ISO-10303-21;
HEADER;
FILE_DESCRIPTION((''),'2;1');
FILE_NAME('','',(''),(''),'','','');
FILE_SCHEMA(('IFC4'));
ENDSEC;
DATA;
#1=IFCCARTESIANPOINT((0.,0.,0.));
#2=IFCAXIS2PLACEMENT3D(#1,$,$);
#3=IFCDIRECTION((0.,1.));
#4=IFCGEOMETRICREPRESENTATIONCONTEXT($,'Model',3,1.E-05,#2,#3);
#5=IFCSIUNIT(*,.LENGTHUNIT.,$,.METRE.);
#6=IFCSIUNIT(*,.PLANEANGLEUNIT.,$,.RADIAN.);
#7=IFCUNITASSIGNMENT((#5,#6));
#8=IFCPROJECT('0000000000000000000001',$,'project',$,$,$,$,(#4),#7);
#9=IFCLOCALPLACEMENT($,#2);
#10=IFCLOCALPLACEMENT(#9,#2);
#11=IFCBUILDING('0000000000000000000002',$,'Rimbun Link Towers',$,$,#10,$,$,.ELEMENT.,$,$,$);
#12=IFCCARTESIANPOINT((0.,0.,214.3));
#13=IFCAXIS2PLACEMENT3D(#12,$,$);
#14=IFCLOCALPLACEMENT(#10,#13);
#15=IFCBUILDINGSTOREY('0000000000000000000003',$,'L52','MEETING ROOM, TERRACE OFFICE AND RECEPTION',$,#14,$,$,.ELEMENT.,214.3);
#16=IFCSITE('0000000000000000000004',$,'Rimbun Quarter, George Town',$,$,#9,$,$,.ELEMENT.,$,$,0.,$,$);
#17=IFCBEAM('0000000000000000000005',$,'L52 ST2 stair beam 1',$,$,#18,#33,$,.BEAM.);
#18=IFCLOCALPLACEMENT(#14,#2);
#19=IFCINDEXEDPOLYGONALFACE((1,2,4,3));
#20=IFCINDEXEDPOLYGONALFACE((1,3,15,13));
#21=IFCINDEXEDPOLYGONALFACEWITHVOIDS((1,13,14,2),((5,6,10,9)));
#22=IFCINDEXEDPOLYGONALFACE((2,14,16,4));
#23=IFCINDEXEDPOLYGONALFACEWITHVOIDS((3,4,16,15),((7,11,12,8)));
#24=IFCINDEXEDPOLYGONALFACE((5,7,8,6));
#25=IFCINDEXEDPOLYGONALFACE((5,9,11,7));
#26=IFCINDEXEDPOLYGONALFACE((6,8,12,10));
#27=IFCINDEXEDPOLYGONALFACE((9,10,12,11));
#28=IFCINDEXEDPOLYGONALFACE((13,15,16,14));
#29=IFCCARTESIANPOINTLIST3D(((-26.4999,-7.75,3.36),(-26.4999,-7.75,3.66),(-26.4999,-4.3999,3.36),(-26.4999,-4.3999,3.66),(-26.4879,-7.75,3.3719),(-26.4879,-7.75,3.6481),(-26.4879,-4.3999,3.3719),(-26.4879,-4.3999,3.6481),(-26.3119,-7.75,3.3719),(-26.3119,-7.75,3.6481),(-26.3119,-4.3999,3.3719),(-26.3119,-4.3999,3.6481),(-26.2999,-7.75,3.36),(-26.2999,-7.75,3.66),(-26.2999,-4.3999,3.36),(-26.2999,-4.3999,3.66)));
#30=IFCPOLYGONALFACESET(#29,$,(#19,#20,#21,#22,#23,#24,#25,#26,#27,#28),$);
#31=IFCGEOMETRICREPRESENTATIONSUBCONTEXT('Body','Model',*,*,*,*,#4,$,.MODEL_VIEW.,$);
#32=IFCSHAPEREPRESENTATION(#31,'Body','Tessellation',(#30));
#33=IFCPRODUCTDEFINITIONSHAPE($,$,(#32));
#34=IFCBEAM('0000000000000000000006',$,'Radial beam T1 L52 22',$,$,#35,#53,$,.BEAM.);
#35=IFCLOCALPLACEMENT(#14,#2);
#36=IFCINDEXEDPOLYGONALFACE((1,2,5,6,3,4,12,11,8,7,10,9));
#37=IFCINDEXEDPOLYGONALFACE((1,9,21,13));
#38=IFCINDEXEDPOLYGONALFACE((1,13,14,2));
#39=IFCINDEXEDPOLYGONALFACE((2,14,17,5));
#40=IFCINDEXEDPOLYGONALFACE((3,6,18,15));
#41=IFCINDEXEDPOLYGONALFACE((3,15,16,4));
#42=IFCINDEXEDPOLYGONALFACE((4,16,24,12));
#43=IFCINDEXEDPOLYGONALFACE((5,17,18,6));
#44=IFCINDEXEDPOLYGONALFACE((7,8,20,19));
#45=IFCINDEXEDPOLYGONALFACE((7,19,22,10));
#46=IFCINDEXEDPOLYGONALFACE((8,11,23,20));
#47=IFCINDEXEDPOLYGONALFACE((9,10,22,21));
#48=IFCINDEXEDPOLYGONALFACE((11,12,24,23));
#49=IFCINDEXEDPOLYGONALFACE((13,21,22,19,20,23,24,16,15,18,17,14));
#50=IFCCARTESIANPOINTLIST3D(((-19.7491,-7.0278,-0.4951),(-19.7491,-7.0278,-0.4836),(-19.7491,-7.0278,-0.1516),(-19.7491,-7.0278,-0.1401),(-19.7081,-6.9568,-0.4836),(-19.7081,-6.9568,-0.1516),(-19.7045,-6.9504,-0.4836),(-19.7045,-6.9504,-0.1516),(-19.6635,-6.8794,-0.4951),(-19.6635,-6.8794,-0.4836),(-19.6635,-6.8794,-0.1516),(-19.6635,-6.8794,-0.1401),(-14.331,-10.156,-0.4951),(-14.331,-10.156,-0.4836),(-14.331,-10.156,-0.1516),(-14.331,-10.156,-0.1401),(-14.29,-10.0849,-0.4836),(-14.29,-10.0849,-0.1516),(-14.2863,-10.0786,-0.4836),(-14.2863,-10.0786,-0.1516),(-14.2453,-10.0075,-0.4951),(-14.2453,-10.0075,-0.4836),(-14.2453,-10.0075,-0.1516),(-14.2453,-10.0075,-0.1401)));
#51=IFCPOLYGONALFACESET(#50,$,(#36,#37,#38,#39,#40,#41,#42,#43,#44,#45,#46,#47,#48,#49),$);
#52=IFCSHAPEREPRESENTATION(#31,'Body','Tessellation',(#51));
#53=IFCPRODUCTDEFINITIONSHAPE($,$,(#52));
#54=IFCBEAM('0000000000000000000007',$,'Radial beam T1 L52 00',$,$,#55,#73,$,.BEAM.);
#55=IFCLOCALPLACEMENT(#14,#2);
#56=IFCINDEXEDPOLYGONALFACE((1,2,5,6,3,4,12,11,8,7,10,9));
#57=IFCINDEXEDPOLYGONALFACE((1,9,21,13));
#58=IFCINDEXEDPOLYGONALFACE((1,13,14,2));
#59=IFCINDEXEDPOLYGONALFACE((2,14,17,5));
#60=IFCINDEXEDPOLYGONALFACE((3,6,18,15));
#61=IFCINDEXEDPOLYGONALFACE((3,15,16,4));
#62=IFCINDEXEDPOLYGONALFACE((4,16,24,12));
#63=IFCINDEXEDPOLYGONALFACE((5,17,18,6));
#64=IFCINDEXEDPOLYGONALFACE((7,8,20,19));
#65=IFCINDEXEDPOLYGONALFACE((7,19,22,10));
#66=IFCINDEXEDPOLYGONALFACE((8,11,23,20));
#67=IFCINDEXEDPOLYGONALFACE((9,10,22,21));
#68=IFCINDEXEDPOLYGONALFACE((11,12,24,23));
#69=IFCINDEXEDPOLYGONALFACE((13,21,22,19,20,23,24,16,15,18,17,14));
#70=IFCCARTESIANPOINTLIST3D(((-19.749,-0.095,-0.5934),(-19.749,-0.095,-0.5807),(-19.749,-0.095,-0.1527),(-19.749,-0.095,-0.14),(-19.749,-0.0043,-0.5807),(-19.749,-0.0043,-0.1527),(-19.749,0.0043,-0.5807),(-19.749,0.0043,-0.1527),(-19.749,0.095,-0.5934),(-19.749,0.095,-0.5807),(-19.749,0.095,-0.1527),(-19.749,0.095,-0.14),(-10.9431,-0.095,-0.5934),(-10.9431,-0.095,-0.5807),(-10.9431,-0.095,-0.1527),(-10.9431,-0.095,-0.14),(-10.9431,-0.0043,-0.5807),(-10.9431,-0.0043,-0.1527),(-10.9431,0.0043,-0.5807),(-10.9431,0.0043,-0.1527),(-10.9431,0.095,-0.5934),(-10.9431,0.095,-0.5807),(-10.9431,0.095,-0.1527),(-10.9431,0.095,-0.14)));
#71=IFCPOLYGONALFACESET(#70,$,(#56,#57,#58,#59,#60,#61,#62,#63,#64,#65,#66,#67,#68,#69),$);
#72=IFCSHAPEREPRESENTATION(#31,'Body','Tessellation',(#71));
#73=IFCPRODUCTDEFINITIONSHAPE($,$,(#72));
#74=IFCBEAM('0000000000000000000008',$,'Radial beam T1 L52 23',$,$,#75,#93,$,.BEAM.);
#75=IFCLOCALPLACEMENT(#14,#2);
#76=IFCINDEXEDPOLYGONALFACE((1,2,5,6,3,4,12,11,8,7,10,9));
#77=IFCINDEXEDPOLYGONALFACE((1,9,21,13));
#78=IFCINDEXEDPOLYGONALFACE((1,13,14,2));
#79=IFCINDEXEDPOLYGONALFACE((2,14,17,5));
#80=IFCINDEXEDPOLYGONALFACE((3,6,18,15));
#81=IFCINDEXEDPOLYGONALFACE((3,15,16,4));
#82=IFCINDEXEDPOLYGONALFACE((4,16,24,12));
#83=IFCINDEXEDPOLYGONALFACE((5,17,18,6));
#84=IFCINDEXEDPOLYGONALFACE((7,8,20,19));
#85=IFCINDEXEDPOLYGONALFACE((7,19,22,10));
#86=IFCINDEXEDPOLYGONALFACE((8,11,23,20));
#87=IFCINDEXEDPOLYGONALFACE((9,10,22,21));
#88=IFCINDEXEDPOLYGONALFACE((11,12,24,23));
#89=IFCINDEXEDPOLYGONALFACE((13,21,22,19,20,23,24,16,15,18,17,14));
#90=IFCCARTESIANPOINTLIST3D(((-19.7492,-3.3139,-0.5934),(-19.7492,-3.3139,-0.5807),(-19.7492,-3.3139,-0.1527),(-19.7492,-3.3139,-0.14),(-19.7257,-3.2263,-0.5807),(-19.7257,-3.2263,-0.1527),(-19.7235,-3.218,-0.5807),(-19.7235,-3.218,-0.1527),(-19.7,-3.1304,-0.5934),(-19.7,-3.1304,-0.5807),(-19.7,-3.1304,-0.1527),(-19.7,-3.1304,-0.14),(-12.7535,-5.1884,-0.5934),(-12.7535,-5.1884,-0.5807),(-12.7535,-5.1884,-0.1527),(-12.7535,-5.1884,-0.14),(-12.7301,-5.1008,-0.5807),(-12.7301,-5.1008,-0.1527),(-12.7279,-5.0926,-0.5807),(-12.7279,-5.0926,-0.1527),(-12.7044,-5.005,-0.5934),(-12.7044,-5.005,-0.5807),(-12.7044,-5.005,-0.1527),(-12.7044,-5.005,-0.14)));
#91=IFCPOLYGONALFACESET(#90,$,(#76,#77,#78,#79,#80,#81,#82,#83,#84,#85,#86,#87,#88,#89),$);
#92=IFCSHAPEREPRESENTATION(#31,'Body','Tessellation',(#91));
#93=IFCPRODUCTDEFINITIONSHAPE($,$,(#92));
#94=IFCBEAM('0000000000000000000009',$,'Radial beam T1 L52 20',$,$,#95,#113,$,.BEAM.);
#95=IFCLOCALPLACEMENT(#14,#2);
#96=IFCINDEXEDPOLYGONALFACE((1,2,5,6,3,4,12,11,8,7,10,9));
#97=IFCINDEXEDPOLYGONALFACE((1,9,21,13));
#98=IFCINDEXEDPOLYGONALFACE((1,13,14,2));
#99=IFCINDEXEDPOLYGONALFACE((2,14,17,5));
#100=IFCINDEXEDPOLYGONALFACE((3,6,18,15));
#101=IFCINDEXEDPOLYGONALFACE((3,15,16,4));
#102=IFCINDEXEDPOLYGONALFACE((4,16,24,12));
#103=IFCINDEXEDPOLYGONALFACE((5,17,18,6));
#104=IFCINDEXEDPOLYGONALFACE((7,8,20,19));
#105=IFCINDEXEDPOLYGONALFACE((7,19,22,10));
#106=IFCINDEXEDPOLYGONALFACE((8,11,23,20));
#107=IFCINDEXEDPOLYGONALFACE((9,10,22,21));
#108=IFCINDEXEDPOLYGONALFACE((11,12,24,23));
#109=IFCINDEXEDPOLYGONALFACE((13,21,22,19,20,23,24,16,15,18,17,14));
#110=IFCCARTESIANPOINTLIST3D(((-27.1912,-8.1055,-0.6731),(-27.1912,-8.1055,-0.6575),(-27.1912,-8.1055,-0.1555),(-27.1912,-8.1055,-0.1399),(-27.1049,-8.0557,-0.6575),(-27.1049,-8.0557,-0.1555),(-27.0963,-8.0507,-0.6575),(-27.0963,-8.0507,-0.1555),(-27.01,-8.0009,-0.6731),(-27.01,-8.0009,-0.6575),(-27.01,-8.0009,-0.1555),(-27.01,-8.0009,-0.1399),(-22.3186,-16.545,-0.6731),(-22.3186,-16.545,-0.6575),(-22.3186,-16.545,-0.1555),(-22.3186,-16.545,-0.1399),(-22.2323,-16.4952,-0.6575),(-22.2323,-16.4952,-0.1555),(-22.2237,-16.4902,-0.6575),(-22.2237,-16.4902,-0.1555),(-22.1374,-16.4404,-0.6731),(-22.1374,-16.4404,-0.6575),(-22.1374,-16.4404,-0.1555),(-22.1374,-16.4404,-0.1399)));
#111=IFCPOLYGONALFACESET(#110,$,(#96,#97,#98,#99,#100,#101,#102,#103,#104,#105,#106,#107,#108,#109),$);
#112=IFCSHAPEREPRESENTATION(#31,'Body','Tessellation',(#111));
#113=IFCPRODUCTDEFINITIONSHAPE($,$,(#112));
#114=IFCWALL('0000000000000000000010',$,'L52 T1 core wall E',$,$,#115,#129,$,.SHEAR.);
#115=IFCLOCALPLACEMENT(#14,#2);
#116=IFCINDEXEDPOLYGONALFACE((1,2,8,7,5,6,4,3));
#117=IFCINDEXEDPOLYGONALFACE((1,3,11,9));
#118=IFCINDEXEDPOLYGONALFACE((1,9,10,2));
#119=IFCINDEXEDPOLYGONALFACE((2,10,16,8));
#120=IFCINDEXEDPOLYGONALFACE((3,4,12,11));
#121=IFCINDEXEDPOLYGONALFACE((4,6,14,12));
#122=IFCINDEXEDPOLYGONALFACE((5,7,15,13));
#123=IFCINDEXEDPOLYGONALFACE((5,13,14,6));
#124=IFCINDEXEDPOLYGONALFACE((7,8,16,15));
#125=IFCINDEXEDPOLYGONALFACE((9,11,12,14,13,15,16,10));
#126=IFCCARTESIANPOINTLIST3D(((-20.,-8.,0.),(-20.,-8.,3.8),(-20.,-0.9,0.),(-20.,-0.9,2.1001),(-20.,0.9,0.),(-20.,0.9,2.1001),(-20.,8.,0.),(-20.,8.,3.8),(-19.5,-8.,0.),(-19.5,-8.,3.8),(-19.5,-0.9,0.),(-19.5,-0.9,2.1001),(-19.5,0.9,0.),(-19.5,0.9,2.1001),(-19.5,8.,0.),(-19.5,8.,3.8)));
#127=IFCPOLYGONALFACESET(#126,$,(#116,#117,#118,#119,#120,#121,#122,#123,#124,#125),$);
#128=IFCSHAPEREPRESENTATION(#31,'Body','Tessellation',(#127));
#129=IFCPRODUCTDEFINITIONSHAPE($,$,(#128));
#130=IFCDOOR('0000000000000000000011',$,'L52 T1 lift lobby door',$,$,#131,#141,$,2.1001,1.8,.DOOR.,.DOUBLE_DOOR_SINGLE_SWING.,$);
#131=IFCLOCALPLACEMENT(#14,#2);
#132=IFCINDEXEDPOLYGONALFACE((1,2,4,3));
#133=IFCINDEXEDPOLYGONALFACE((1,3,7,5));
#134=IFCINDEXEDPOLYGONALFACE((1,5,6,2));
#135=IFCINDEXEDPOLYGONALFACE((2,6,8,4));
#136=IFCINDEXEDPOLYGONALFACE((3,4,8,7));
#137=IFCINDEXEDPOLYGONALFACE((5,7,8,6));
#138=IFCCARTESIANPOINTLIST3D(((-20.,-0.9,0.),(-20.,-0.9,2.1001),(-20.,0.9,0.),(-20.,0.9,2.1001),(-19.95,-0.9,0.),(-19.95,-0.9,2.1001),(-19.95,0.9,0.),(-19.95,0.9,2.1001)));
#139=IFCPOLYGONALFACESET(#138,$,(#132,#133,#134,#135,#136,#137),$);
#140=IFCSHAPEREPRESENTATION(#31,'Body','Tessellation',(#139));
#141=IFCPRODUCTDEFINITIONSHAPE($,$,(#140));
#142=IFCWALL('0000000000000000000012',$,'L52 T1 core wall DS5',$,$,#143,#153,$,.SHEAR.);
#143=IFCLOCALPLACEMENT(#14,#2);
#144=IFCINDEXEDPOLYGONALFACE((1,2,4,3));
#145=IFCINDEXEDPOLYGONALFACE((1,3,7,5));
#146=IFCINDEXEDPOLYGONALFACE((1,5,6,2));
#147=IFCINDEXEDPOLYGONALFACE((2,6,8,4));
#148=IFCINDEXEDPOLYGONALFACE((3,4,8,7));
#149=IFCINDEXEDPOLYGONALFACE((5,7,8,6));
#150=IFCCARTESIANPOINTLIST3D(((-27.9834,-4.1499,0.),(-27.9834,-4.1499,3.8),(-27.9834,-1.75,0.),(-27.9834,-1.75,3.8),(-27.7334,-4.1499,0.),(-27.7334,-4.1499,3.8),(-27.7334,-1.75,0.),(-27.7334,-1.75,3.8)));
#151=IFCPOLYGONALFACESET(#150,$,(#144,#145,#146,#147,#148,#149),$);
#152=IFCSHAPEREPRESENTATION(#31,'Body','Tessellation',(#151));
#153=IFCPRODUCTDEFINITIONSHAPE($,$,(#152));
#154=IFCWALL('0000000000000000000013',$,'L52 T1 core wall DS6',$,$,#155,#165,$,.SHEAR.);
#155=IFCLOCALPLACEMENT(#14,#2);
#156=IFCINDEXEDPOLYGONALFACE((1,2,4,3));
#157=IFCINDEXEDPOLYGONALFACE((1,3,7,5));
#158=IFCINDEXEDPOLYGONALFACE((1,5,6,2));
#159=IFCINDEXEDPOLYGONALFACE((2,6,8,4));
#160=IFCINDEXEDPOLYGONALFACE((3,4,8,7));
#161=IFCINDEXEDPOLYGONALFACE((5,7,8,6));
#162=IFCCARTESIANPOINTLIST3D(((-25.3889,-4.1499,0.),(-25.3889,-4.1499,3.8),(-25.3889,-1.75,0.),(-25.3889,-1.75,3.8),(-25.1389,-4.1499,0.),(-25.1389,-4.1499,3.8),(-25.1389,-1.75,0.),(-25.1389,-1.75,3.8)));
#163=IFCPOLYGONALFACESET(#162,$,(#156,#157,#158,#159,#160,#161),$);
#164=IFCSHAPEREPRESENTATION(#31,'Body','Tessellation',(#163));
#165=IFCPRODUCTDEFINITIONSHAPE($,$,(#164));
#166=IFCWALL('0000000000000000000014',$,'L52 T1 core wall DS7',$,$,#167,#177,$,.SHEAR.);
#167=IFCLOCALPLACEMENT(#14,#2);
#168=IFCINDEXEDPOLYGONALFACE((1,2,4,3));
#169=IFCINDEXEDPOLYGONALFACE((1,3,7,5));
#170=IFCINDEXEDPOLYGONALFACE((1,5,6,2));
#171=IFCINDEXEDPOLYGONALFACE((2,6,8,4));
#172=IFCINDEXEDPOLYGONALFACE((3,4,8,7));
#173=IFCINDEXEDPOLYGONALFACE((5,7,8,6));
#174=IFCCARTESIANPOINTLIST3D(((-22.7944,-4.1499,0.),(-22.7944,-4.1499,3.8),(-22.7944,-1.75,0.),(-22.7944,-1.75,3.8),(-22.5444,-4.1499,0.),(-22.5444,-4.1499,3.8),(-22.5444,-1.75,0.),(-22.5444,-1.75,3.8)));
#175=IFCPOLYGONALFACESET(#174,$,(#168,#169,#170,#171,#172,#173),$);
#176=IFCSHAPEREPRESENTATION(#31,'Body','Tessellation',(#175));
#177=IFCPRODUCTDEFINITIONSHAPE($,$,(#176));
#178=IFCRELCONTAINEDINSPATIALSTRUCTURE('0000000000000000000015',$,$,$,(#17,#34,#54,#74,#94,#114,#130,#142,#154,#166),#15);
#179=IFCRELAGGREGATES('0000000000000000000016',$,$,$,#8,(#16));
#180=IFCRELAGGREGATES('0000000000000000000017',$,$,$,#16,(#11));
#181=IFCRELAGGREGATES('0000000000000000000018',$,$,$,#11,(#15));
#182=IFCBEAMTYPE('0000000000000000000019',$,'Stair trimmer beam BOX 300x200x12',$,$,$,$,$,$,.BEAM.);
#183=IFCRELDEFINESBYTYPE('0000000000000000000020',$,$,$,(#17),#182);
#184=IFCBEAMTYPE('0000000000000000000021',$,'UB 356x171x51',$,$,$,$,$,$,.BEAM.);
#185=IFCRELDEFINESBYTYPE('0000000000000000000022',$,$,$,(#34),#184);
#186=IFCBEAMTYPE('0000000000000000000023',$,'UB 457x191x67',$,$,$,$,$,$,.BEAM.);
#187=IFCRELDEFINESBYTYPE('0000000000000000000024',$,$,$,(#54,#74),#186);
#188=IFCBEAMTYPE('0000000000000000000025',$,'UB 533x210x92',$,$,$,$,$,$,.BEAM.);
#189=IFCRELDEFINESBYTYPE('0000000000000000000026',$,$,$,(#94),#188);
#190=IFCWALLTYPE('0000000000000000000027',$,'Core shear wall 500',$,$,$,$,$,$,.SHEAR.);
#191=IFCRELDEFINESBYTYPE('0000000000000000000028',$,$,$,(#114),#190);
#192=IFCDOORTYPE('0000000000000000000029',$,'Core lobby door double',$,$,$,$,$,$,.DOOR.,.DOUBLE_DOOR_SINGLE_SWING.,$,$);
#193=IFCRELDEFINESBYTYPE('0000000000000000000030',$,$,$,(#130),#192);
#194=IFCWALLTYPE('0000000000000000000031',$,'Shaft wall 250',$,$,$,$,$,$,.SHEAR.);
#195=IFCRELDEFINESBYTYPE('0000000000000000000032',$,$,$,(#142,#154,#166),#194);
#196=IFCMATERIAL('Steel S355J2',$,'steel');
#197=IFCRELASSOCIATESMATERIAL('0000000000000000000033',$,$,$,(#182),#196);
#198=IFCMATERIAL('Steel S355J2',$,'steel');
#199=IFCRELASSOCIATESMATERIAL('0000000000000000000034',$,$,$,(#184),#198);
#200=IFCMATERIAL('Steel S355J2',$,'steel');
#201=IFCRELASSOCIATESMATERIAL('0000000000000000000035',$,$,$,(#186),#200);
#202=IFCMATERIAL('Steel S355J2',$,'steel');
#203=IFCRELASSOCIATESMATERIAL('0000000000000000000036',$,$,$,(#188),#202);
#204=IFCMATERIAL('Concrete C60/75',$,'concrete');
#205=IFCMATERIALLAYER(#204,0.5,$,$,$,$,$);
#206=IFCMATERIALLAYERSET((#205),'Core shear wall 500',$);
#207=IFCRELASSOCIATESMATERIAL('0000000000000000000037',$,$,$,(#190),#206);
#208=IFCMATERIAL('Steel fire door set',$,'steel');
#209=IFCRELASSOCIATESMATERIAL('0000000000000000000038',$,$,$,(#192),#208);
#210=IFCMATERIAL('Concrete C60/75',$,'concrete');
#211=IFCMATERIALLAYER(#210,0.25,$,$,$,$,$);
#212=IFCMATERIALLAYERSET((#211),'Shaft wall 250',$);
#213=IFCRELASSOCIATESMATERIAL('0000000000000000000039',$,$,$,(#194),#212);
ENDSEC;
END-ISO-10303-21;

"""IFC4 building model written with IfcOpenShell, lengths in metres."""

from ifc_helpers import new_model, si_unit, direction, frame, frame_2d, origin, origin_2d, place, context, subcontext, project, spatial, rectangle, hollow_rectangle, i_section, extrude, material, layer, layer_set, material_profile, profile_set, type_object, element, fill, save


model = new_model("IFC4")

# Units and contexts
model_context = context("Model", 3, precision=1e-05, world=origin(), true_north=direction((0.0, 1.0)))
body_context = subcontext(model_context, "Body", "Model", "MODEL_VIEW")
ifc_project = project(units=[si_unit("LENGTHUNIT", "METRE"), si_unit("PLANEANGLEUNIT", "RADIAN")], contexts=[model_context])

# Site, building, storey
site_placement = place(None, origin())
site = spatial("IfcSite", under=ifc_project, at=site_placement, Name="Rimbun Quarter, George Town", CompositionType="ELEMENT", RefElevation=0.0)
building_placement = place(site_placement, origin())
building = spatial("IfcBuilding", under=site, at=building_placement, Name="Rimbun Link Towers", CompositionType="ELEMENT")
storey_placement = place(building_placement, frame((0.0, 0.0, 214.3)))
storey = spatial("IfcBuildingStorey", under=building, at=storey_placement, Name="L52", Description="MEETING ROOM, TERRACE OFFICE AND RECEPTION", CompositionType="ELEMENT", Elevation=214.3)

# Beams
ifc_material_1 = material(Name="Steel S355J2", Category="steel")
ifc_material_profile_1 = material_profile(ifc_material_1, hollow_rectangle(XDim=0.2, YDim=0.3, WallThickness=0.012, at=origin_2d()), Name="BOX 300x200x12")
ifc_profile_set_1 = profile_set([ifc_material_profile_1], Name="Steel S355J2")
beam_type_1 = type_object("IfcBeamType", Name="Stair trimmer beam BOX 300x200x12", PredefinedType="BEAM", material=ifc_profile_set_1)
beam_1_placement = place(storey_placement, frame((-26.3999, -7.75, 3.51), z_axis=(0.0, 1.0, 0.0), x_axis=(-1.0, 0.0, 0.0)))
element("IfcBeam", 1, at=beam_1_placement, inside=storey, type_object=beam_type_1, Name="L52 ST2 stair beam 1", PredefinedType="BEAM", context=body_context, shape_type="SweptSolid", body=[
    extrude(hollow_rectangle(XDim=0.2, YDim=0.3, WallThickness=0.012, at=origin_2d()), origin(), (0.0, 0.0, 1.0), 3.3501),
])
ifc_material_2 = material(Name="Steel S355J2", Category="steel")
ifc_material_profile_2 = material_profile(ifc_material_2, i_section(OverallWidth=0.1714, OverallDepth=0.355, WebThickness=0.0073, FlangeThickness=0.0115, at=origin_2d()), Name="UB 356x171x51")
ifc_profile_set_2 = profile_set([ifc_material_profile_2], Name="Steel S355J2")
beam_type_2 = type_object("IfcBeamType", Name="UB 356x171x51", PredefinedType="BEAM", material=ifc_profile_set_2)
beam_2_placement = place(storey_placement, frame((-19.7063, -6.9536, -0.3176), z_axis=(0.866028, -0.499996, 0.0), x_axis=(0.499996, 0.866028, 0.0)))
element("IfcBeam", 2, at=beam_2_placement, inside=storey, type_object=beam_type_2, Name="Radial beam T1 L52 22", PredefinedType="BEAM", context=body_context, shape_type="SweptSolid", body=[
    extrude(i_section(OverallWidth=0.1714, OverallDepth=0.355, WebThickness=0.0073, FlangeThickness=0.0115, at=origin_2d()), origin(), (0.0, 0.0, 1.0), 6.2563),
])
ifc_material_3 = material(Name="Steel S355J2", Category="steel")
ifc_material_profile_3 = material_profile(ifc_material_3, i_section(OverallWidth=0.1899, OverallDepth=0.4534, WebThickness=0.0085, FlangeThickness=0.0127, at=origin_2d()), Name="UB 457x191x67")
ifc_profile_set_3 = profile_set([ifc_material_profile_3], Name="Steel S355J2")
beam_type_3 = type_object("IfcBeamType", Name="UB 457x191x67", PredefinedType="BEAM", material=ifc_profile_set_3)
beam_3_placement = place(storey_placement, frame((-19.749, 0.0, -0.3667), z_axis=(1.0, 0.0, 0.0), x_axis=(0.0, 1.0, 0.0)))
element("IfcBeam", 3, at=beam_3_placement, inside=storey, type_object=beam_type_3, Name="Radial beam T1 L52 00", PredefinedType="BEAM", context=body_context, shape_type="SweptSolid", body=[
    extrude(i_section(OverallWidth=0.1899, OverallDepth=0.4534, WebThickness=0.0085, FlangeThickness=0.0127, at=origin_2d()), origin(), (0.0, 0.0, 1.0), 8.8059),
])
beam_4_placement = place(storey_placement, frame((-19.7246, -3.2222, -0.3667), z_axis=(0.965924, -0.258825, 0.0), x_axis=(0.258825, 0.965924, 0.0)))
element("IfcBeam", 4, at=beam_4_placement, inside=storey, type_object=beam_type_3, Name="Radial beam T1 L52 23", PredefinedType="BEAM", context=body_context, shape_type="SweptSolid", body=[
    extrude(i_section(OverallWidth=0.1899, OverallDepth=0.4534, WebThickness=0.0085, FlangeThickness=0.0127, at=origin_2d()), origin(), (0.0, 0.0, 1.0), 7.2424),
])
ifc_material_4 = material(Name="Steel S355J2", Category="steel")
ifc_material_profile_4 = material_profile(ifc_material_4, i_section(OverallWidth=0.2092, OverallDepth=0.5332, WebThickness=0.01, FlangeThickness=0.0156, at=origin_2d()), Name="UB 533x210x92")
ifc_profile_set_4 = profile_set([ifc_material_profile_4], Name="Steel S355J2")
beam_type_4 = type_object("IfcBeamType", Name="UB 533x210x92", PredefinedType="BEAM", material=ifc_profile_set_4)
beam_5_placement = place(storey_placement, frame((-27.1006, -8.0532, -0.4065), z_axis=(0.500003, -0.866024, 0.0), x_axis=(0.866024, 0.500003, 0.0)))
element("IfcBeam", 5, at=beam_5_placement, inside=storey, type_object=beam_type_4, Name="Radial beam T1 L52 20", PredefinedType="BEAM", context=body_context, shape_type="SweptSolid", body=[
    extrude(i_section(OverallWidth=0.2092, OverallDepth=0.5332, WebThickness=0.01, FlangeThickness=0.0156, at=origin_2d()), origin(), (0.0, 0.0, 1.0), 9.7451),
])

# Wall, opening, door
ifc_material_5 = material(Name="Concrete C60/75", Category="concrete")
ifc_layer_1 = layer(ifc_material_5, 0.5)
ifc_layer_set_1 = layer_set([ifc_layer_1], Name="Core shear wall 500")
wall_type_1 = type_object("IfcWallType", Name="Core shear wall 500", PredefinedType="SHEAR", material=ifc_layer_set_1)
wall_placement = place(storey_placement, frame((-19.75, -8.0, 0.0), z_axis=(0.0, 0.0, 1.0), x_axis=(0.0, 1.0, 0.0)))
wall = element("IfcWall", 6, at=wall_placement, inside=storey, type_object=wall_type_1, Name="L52 T1 core wall E", PredefinedType="SHEAR", context=body_context, shape_type="SweptSolid", body=[
    extrude(rectangle(XDim=16.0, YDim=0.5, at=frame_2d((8.0, 0.0))), origin(), (0.0, 0.0, 1.0), 3.8),
])
opening_placement = place(wall_placement, frame((7.1001, 0.0, 0.0)))
opening = element("IfcOpeningElement", 7, at=opening_placement, cuts=wall, PredefinedType="OPENING", context=body_context, shape_type="SweptSolid", body=[
    extrude(rectangle(XDim=1.8, YDim=2.1001, at=frame_2d((0.8999, 1.05))), frame((0.0, 0.26, 0.0), z_axis=(0.0, -1.0, 0.0), x_axis=(1.0, 0.0, 0.0)), (0.0, 0.0, 1.0), 0.52),
])
ifc_material_6 = material(Name="Steel fire door set", Category="steel")
door_type = type_object("IfcDoorType", Name="Core lobby door double", OperationType="DOUBLE_DOOR_SINGLE_SWING", PredefinedType="DOOR", material=ifc_material_6)
door_placement = place(opening_placement, origin())
door = element("IfcDoor", 8, at=door_placement, inside=storey, type_object=door_type, Name="L52 T1 lift lobby door", OperationType="DOUBLE_DOOR_SINGLE_SWING", OverallHeight=2.1001, OverallWidth=1.8, PredefinedType="DOOR", context=body_context, shape_type="SweptSolid", body=[
    extrude(rectangle(XDim=1.8, YDim=2.1001, at=frame_2d((0.8999, 1.05))), frame((0.0, 0.25, 0.0), z_axis=(0.0, -1.0, 0.0), x_axis=(1.0, 0.0, 0.0)), (0.0, 0.0, 1.0), 0.05),
])
fill(opening, door)

# Walls
ifc_material_7 = material(Name="Concrete C60/75", Category="concrete")
ifc_layer_2 = layer(ifc_material_7, 0.25)
ifc_layer_set_2 = layer_set([ifc_layer_2], Name="Shaft wall 250")
wall_type_2 = type_object("IfcWallType", Name="Shaft wall 250", PredefinedType="SHEAR", material=ifc_layer_set_2)
for number, where, z_axis, x_axis, name in (
    (9, (-27.8584, -4.1499, 0.0), (0.0, 0.0, 1.0), (0.0, 1.0, 0.0), "L52 T1 core wall DS5"),
    (10, (-25.2639, -4.1499, 0.0), (0.0, 0.0, 1.0), (0.0, 1.0, 0.0), "L52 T1 core wall DS6"),
    (11, (-22.6694, -4.1499, 0.0), (0.0, 0.0, 1.0), (0.0, 1.0, 0.0), "L52 T1 core wall DS7"),
):
    element("IfcWall", number, at=place(storey_placement, frame(where, z_axis=z_axis, x_axis=x_axis)), inside=storey, type_object=wall_type_2, Name=name, PredefinedType="SHEAR", context=body_context, shape_type="SweptSolid", body=[
        extrude(rectangle(XDim=2.3999, YDim=0.25, at=frame_2d((1.2, 0.0))), origin(), (0.0, 0.0, 1.0), 3.8),
    ])

save(model, "model.ifc")
